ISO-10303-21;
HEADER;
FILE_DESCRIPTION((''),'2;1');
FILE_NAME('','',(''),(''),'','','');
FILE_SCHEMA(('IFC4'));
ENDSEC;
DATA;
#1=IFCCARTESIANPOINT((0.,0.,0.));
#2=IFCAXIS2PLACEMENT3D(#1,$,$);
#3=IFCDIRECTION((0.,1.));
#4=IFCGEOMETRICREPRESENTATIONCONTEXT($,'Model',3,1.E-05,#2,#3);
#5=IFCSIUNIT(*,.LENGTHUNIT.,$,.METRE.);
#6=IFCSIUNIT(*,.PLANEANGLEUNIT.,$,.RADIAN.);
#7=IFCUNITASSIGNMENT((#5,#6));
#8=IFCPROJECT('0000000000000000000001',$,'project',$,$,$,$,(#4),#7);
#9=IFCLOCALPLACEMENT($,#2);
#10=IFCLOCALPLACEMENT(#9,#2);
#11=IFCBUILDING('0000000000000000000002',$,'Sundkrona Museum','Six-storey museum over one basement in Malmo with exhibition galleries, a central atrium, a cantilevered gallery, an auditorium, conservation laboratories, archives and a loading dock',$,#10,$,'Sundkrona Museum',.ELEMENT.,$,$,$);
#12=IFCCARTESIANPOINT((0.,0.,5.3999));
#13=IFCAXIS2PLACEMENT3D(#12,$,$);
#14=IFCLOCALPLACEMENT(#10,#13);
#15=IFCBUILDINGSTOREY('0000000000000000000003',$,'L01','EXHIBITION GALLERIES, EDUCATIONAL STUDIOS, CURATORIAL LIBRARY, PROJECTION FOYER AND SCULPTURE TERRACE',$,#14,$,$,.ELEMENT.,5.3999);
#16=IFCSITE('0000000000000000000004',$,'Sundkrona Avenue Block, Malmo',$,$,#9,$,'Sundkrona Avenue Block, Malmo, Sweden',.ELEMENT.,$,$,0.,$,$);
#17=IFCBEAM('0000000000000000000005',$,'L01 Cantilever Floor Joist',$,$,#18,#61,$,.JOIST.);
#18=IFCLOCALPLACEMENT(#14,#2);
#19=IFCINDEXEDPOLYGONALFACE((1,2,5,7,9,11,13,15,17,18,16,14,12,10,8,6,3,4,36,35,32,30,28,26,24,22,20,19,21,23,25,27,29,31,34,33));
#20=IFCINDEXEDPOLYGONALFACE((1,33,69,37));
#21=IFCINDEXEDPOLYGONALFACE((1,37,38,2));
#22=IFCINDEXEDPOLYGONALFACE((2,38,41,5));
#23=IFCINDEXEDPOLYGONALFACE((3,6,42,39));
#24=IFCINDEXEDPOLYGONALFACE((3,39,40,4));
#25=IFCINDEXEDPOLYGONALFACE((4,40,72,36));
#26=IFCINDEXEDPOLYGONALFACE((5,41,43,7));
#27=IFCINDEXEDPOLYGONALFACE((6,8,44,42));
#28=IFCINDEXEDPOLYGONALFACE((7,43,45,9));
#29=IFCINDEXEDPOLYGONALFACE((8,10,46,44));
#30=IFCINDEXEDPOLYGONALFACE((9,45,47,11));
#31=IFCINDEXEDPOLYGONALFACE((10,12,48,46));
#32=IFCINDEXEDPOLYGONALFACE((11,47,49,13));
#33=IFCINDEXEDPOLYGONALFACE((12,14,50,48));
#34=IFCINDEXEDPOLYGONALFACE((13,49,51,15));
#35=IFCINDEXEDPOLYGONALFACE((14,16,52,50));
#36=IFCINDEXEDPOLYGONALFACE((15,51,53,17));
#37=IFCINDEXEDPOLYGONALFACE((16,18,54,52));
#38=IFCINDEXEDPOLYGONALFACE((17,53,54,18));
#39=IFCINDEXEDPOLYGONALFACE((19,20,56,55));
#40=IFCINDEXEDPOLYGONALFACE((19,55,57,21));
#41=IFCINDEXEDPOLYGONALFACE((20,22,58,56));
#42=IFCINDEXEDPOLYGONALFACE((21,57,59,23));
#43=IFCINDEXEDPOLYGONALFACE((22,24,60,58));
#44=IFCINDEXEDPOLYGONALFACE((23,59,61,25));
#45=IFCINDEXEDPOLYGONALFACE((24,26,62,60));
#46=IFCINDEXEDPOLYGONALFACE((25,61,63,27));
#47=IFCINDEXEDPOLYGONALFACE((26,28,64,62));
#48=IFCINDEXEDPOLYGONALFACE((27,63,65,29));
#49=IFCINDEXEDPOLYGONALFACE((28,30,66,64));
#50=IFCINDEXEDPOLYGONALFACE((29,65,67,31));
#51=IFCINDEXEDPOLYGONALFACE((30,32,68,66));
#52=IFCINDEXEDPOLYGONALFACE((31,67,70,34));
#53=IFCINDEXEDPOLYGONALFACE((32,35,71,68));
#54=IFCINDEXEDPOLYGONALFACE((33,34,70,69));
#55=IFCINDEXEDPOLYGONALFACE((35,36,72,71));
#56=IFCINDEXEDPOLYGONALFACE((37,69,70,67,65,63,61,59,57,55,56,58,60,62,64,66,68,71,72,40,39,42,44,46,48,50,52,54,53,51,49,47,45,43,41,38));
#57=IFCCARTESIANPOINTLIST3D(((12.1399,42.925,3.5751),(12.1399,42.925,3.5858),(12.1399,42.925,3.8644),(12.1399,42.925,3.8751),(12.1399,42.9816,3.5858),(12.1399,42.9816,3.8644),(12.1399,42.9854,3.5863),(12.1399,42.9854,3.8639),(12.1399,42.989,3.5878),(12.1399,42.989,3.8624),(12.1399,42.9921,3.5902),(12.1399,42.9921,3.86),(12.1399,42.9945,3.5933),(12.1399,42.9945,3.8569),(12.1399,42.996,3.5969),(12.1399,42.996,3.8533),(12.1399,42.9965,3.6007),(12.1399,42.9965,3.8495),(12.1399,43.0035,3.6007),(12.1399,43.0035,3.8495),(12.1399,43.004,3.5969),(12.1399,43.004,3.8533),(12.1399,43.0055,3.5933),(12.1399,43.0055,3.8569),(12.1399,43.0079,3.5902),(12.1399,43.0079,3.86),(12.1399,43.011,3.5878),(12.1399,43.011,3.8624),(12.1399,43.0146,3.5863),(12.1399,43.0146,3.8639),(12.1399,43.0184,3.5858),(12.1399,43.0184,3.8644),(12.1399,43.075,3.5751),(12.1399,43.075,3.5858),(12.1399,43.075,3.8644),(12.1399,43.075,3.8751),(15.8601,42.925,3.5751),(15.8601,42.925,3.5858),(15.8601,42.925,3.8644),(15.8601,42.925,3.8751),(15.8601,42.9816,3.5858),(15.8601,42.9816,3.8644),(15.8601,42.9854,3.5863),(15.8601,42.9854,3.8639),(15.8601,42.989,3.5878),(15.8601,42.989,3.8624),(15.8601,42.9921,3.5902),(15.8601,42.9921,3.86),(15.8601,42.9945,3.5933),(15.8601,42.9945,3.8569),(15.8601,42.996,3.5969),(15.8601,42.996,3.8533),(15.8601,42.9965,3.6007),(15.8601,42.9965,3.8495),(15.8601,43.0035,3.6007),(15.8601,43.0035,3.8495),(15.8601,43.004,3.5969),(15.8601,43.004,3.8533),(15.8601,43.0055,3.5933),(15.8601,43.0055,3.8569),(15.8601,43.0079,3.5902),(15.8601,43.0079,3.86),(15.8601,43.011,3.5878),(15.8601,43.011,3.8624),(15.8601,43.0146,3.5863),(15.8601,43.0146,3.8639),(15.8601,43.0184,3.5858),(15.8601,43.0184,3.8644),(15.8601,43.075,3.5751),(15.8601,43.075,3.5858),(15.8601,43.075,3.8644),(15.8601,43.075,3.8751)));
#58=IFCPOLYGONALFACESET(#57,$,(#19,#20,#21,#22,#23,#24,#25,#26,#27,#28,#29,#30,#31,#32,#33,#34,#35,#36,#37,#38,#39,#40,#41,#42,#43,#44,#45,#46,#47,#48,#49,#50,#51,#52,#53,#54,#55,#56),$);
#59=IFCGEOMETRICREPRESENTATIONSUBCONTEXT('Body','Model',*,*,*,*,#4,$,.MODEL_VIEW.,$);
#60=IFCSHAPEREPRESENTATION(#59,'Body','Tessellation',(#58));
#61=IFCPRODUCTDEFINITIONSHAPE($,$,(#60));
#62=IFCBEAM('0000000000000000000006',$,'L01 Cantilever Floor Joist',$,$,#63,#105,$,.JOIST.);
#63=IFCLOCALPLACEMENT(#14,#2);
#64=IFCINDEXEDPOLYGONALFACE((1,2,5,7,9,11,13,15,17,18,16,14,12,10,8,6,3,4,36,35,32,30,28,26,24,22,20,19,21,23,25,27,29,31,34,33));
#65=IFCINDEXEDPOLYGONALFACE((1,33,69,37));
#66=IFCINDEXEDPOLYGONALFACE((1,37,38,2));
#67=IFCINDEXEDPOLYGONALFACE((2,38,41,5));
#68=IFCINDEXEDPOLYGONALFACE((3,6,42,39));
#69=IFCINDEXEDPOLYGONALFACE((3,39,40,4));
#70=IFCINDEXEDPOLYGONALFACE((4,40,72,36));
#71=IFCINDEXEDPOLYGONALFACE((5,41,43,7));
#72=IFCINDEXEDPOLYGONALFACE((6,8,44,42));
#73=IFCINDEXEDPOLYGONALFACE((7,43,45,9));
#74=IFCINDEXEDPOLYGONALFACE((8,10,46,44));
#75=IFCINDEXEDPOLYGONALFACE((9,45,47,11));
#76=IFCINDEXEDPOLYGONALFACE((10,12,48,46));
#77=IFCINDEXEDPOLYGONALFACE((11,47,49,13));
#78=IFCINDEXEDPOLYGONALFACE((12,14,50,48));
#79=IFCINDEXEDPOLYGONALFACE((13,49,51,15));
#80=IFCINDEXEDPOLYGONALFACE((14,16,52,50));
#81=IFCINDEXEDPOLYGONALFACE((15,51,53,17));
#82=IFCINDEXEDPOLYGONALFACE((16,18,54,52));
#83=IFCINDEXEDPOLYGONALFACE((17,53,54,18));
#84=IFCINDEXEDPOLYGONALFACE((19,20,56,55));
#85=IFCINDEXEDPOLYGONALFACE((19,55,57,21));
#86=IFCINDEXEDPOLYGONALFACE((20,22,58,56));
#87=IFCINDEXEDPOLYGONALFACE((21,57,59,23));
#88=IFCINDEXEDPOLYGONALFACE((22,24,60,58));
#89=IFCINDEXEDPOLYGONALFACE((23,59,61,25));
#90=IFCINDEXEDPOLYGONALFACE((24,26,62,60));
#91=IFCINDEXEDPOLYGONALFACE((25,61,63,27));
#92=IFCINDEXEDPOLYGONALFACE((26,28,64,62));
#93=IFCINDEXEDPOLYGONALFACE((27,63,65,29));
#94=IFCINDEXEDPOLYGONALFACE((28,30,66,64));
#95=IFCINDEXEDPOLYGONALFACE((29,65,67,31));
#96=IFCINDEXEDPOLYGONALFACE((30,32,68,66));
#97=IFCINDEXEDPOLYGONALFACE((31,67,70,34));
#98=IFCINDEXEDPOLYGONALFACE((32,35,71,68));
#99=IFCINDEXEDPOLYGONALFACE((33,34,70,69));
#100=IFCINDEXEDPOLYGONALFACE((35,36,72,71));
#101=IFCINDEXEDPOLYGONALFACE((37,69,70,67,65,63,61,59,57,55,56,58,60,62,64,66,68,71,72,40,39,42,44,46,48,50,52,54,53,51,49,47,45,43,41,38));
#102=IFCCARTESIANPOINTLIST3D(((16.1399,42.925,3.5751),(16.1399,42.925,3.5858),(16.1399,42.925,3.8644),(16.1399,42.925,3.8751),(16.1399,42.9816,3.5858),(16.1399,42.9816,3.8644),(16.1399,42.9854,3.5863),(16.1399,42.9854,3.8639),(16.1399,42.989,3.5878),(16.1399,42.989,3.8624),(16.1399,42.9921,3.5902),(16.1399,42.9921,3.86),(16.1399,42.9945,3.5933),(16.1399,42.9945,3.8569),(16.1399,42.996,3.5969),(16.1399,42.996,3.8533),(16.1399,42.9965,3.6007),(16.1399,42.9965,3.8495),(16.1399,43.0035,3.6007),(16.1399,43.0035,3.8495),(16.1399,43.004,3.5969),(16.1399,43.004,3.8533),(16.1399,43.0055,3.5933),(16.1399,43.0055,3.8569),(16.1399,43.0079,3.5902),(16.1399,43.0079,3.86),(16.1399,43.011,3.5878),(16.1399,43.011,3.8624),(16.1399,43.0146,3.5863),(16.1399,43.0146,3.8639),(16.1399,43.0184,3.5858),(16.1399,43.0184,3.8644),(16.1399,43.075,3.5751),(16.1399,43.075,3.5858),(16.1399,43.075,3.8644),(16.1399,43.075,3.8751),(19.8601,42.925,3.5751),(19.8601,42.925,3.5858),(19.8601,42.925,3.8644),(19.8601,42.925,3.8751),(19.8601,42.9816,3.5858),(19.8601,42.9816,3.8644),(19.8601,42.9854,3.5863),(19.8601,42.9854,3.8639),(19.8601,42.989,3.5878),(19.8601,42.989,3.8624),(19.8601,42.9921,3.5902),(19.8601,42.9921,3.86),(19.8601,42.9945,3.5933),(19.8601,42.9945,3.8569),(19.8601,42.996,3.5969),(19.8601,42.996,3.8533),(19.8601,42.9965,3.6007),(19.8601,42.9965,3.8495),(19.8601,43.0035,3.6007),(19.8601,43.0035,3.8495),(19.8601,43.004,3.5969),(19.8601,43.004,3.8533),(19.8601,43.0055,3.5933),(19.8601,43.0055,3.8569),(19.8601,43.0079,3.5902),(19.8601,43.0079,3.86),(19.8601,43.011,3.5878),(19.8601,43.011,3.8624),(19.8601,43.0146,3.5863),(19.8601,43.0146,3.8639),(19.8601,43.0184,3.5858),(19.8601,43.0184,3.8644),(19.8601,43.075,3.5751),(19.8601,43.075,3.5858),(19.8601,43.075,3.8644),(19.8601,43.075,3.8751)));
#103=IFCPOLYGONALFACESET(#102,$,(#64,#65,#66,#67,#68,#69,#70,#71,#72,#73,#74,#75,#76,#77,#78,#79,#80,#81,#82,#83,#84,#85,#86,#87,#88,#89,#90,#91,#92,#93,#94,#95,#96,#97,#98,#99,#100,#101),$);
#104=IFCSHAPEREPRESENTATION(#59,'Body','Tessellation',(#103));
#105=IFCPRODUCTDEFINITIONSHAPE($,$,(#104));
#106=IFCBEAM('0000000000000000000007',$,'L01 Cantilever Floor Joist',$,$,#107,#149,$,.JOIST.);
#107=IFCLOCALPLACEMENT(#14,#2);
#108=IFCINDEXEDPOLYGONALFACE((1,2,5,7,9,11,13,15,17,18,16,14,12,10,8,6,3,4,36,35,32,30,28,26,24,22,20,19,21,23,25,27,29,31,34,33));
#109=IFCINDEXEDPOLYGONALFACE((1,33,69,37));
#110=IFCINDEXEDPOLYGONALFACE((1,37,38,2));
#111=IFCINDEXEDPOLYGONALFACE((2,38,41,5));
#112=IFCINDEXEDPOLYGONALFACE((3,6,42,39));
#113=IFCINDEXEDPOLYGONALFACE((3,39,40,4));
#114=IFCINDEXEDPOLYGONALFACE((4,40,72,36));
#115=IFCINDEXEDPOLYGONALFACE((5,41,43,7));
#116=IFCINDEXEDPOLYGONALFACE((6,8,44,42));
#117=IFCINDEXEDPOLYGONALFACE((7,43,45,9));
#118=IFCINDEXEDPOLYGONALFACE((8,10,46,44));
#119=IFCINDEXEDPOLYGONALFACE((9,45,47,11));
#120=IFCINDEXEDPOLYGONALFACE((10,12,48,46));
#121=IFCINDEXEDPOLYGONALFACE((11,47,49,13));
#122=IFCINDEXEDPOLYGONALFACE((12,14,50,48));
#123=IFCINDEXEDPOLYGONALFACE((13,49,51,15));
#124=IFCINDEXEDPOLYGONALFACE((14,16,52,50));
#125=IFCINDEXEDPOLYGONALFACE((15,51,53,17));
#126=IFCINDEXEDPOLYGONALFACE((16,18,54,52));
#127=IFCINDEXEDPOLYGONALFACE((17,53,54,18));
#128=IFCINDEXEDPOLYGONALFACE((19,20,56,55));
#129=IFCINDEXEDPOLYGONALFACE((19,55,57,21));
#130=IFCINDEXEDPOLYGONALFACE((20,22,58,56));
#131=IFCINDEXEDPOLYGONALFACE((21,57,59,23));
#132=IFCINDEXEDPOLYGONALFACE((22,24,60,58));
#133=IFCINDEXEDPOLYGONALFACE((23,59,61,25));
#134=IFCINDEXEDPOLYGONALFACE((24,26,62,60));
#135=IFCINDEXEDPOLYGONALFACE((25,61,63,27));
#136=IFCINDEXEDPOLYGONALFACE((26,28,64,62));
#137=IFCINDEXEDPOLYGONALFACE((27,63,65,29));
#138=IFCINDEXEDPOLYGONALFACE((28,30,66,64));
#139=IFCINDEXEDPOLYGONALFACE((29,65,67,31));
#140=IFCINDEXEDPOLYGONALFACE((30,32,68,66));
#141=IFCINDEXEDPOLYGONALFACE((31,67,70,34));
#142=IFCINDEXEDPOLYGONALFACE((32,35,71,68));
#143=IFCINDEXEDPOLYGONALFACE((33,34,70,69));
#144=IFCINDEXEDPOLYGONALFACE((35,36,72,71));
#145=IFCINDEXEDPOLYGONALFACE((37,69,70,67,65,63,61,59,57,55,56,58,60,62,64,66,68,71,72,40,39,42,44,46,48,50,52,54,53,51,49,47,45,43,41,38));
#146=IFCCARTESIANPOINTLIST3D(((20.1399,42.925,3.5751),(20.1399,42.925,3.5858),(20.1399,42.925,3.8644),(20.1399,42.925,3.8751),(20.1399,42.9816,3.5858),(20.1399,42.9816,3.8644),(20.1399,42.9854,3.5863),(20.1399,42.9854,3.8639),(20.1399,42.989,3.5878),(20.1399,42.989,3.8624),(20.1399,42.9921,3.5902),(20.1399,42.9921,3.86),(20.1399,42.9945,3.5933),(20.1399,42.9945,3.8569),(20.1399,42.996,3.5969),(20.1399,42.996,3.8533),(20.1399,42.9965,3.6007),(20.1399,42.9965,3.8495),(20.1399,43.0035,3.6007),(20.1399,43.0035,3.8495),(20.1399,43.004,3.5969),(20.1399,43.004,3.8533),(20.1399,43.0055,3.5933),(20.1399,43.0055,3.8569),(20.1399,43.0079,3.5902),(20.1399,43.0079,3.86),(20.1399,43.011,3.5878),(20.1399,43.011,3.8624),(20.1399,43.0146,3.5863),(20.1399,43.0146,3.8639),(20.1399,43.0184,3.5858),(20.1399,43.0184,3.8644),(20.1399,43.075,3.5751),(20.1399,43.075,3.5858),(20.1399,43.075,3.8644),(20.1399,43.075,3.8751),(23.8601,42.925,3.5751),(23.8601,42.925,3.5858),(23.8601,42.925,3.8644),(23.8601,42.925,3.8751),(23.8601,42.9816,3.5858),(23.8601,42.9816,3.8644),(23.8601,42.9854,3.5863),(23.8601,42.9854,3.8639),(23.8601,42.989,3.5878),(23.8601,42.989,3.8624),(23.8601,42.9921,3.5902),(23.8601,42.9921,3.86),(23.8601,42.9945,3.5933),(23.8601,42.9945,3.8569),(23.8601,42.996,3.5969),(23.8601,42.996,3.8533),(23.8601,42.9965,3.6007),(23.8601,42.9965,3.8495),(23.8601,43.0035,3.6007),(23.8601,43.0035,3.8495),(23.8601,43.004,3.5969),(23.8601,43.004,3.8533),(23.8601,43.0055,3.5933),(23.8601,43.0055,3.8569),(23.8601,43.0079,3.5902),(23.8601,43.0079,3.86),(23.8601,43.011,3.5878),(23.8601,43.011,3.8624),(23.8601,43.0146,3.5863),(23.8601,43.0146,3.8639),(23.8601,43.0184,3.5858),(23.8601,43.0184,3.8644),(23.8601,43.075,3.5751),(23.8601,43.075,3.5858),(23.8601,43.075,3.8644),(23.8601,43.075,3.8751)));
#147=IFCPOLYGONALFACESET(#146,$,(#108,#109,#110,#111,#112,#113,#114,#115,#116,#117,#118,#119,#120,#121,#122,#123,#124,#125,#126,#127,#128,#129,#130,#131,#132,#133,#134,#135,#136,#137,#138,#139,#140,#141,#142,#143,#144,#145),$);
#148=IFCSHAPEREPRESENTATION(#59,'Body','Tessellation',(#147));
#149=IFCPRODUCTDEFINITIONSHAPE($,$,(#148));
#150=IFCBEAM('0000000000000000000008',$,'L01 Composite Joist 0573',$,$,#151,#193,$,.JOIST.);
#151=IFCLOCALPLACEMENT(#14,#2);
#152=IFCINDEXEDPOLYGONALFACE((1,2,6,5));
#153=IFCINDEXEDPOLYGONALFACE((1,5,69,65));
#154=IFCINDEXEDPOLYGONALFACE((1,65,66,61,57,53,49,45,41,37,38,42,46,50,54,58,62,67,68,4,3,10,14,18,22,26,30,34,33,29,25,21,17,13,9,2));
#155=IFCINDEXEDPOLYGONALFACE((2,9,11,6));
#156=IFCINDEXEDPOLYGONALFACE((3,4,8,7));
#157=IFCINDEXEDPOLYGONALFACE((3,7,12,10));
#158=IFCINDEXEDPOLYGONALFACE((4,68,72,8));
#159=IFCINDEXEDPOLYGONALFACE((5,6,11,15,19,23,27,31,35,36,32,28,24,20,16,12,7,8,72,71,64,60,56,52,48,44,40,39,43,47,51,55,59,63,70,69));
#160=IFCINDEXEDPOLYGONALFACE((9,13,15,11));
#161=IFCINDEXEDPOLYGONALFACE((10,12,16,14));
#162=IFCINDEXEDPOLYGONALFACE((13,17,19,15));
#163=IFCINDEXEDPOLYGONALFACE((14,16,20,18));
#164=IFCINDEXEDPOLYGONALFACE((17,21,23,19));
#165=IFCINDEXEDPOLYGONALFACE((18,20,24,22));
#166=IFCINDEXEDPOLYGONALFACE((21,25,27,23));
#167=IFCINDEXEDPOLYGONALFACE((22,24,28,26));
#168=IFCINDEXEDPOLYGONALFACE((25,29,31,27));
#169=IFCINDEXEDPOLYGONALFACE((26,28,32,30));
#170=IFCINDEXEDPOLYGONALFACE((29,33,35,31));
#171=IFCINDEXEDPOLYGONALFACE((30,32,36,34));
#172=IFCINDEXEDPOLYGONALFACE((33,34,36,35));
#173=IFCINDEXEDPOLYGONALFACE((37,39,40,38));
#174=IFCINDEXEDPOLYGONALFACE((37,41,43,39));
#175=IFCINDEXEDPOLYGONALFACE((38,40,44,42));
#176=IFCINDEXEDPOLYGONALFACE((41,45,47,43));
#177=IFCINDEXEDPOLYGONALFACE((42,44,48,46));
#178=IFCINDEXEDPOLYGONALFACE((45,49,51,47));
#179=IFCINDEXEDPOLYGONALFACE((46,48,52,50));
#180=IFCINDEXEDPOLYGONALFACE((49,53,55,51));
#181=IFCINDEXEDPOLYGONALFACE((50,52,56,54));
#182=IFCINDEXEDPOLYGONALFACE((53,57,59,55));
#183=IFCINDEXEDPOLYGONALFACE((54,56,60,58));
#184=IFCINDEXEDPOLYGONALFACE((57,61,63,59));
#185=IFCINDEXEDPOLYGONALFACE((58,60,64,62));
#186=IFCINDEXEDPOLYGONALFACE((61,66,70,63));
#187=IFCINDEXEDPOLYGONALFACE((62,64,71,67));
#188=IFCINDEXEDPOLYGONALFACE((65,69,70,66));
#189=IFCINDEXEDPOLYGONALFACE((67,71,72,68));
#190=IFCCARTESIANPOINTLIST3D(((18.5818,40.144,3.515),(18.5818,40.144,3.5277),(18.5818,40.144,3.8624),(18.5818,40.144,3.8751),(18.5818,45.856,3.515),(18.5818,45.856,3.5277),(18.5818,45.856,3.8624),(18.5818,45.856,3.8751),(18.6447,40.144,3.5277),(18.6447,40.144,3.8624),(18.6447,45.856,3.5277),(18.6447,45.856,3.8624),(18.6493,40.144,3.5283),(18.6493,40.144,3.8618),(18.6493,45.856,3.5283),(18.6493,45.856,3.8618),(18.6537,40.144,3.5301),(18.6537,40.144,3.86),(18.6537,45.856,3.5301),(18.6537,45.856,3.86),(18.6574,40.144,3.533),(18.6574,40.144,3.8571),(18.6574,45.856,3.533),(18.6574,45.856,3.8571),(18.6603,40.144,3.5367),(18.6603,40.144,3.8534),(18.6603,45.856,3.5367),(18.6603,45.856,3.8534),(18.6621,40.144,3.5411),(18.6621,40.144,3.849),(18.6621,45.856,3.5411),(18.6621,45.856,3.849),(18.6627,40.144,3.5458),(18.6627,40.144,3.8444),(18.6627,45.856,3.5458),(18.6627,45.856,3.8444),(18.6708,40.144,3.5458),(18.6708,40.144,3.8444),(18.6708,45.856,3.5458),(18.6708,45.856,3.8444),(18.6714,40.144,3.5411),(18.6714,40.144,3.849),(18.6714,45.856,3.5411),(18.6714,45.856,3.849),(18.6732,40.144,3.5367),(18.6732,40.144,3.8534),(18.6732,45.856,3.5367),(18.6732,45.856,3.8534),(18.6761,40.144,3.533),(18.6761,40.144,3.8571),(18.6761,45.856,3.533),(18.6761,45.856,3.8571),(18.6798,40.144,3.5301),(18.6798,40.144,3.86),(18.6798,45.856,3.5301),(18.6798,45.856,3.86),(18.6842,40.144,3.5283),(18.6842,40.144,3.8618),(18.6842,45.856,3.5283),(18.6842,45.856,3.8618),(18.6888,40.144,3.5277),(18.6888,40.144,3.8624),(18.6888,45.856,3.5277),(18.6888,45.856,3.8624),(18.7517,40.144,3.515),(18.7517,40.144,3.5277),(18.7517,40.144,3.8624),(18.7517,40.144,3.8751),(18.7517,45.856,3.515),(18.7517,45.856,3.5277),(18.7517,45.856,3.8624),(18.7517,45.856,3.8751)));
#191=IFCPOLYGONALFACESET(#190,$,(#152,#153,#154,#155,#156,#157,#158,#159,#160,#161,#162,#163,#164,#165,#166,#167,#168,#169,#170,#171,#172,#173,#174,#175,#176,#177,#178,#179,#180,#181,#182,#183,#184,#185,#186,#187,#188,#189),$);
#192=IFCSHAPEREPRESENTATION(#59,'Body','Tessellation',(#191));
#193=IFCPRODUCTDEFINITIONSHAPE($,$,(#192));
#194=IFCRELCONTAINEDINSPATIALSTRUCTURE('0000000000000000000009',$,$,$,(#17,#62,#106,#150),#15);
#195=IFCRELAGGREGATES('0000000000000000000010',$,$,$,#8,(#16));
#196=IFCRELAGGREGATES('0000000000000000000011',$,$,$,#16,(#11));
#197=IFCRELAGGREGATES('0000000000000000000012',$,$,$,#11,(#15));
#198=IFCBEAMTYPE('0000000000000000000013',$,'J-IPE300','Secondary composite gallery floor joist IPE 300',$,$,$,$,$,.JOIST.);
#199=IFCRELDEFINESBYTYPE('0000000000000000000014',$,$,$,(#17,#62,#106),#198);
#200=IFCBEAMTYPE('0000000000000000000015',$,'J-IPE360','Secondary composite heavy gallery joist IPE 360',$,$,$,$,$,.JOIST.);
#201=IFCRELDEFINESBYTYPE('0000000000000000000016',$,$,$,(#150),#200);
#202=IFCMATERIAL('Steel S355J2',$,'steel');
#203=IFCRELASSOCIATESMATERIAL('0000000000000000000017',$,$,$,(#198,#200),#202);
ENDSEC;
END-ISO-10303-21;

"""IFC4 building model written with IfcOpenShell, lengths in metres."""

from ifc_helpers import new_model, si_unit, direction, frame, origin, origin_2d, place, context, subcontext, project, spatial, i_section, extrude, material, material_profile, profile_set, type_object, element, save


model = new_model("IFC4")

# Units and contexts
model_context = context("Model", 3, precision=1e-05, world=origin(), true_north=direction((0.0, 1.0)))
body_context = subcontext(model_context, "Body", "Model", "MODEL_VIEW")
ifc_project = project(units=[si_unit("LENGTHUNIT", "METRE"), si_unit("PLANEANGLEUNIT", "RADIAN")], contexts=[model_context])

# Site, building, storey
site_placement = place(None, origin())
site = spatial("IfcSite", under=ifc_project, at=site_placement, Name="Sundkrona Avenue Block, Malmo", LongName="Sundkrona Avenue Block, Malmo, Sweden", CompositionType="ELEMENT", RefElevation=0.0)
building_placement = place(site_placement, origin())
building = spatial("IfcBuilding", under=site, at=building_placement, Name="Sundkrona Museum", Description="Six-storey museum over one basement in Malmo with exhibition galleries, a central atrium, a cantilevered gallery, an auditorium, conservation laboratories, archives and a loading dock", LongName="Sundkrona Museum", CompositionType="ELEMENT")
storey_placement = place(building_placement, frame((0.0, 0.0, 5.3999)))
storey = spatial("IfcBuildingStorey", under=building, at=storey_placement, Name="L01", Description="EXHIBITION GALLERIES, EDUCATIONAL STUDIOS, CURATORIAL LIBRARY, PROJECTION FOYER AND SCULPTURE TERRACE", CompositionType="ELEMENT", Elevation=5.3999)

# Shared definitions
ifc_material_1 = material(Name="Steel S355J2", Category="steel")

# Beams
ifc_material_profile_1 = material_profile(ifc_material_1, i_section(OverallWidth=0.1499, OverallDepth=0.3, WebThickness=0.0071, FlangeThickness=0.0107, FilletRadius=0.0149, at=origin_2d()), Name="IPE 300")
ifc_profile_set_1 = profile_set([ifc_material_profile_1], Name="Steel S355J2")
beam_type_1 = type_object("IfcBeamType", Name="J-IPE300", Description="Secondary composite gallery floor joist IPE 300", PredefinedType="JOIST", material=ifc_profile_set_1)
for number, where, z_axis, x_axis, name in (
    (1, (12.1399, 43.0, 3.7251), (1.0, 0.0, 0.0), (0.0, 1.0, 0.0), "L01 Cantilever Floor Joist"),
    (2, (16.1399, 43.0, 3.7251), (1.0, 0.0, 0.0), (0.0, 1.0, 0.0), "L01 Cantilever Floor Joist"),
    (3, (20.1399, 43.0, 3.7251), (1.0, 0.0, 0.0), (0.0, 1.0, 0.0), "L01 Cantilever Floor Joist"),
):
    element("IfcBeam", number, at=place(storey_placement, frame(where, z_axis=z_axis, x_axis=x_axis)), inside=storey, type_object=beam_type_1, Name=name, PredefinedType="JOIST", context=body_context, shape_type="SweptSolid", body=[
        extrude(i_section(OverallWidth=0.1499, OverallDepth=0.3, WebThickness=0.0071, FlangeThickness=0.0107, FilletRadius=0.0149, at=origin_2d()), origin(), (0.0, 0.0, 1.0), 3.7202),
    ])
ifc_material_profile_2 = material_profile(ifc_material_1, i_section(OverallWidth=0.1699, OverallDepth=0.3601, WebThickness=0.0081, FlangeThickness=0.0127, FilletRadius=0.0181, at=origin_2d()), Name="IPE 360")
ifc_profile_set_2 = profile_set([ifc_material_profile_2], Name="Steel S355J2")
beam_type_2 = type_object("IfcBeamType", Name="J-IPE360", Description="Secondary composite heavy gallery joist IPE 360", PredefinedType="JOIST", material=ifc_profile_set_2)
for number, where, z_axis, x_axis, name in (
    (4, (18.6667, 40.144, 3.6951), (0.0, 1.0, 0.0), (-1.0, 0.0, 0.0), "L01 Composite Joist 0573"),
):
    element("IfcBeam", number, at=place(storey_placement, frame(where, z_axis=z_axis, x_axis=x_axis)), inside=storey, type_object=beam_type_2, Name=name, PredefinedType="JOIST", context=body_context, shape_type="SweptSolid", body=[
        extrude(i_section(OverallWidth=0.1699, OverallDepth=0.3601, WebThickness=0.0081, FlangeThickness=0.0127, FilletRadius=0.0181, at=origin_2d()), origin(), (0.0, 0.0, 1.0), 5.7119),
    ])

save(model, "model.ifc")
